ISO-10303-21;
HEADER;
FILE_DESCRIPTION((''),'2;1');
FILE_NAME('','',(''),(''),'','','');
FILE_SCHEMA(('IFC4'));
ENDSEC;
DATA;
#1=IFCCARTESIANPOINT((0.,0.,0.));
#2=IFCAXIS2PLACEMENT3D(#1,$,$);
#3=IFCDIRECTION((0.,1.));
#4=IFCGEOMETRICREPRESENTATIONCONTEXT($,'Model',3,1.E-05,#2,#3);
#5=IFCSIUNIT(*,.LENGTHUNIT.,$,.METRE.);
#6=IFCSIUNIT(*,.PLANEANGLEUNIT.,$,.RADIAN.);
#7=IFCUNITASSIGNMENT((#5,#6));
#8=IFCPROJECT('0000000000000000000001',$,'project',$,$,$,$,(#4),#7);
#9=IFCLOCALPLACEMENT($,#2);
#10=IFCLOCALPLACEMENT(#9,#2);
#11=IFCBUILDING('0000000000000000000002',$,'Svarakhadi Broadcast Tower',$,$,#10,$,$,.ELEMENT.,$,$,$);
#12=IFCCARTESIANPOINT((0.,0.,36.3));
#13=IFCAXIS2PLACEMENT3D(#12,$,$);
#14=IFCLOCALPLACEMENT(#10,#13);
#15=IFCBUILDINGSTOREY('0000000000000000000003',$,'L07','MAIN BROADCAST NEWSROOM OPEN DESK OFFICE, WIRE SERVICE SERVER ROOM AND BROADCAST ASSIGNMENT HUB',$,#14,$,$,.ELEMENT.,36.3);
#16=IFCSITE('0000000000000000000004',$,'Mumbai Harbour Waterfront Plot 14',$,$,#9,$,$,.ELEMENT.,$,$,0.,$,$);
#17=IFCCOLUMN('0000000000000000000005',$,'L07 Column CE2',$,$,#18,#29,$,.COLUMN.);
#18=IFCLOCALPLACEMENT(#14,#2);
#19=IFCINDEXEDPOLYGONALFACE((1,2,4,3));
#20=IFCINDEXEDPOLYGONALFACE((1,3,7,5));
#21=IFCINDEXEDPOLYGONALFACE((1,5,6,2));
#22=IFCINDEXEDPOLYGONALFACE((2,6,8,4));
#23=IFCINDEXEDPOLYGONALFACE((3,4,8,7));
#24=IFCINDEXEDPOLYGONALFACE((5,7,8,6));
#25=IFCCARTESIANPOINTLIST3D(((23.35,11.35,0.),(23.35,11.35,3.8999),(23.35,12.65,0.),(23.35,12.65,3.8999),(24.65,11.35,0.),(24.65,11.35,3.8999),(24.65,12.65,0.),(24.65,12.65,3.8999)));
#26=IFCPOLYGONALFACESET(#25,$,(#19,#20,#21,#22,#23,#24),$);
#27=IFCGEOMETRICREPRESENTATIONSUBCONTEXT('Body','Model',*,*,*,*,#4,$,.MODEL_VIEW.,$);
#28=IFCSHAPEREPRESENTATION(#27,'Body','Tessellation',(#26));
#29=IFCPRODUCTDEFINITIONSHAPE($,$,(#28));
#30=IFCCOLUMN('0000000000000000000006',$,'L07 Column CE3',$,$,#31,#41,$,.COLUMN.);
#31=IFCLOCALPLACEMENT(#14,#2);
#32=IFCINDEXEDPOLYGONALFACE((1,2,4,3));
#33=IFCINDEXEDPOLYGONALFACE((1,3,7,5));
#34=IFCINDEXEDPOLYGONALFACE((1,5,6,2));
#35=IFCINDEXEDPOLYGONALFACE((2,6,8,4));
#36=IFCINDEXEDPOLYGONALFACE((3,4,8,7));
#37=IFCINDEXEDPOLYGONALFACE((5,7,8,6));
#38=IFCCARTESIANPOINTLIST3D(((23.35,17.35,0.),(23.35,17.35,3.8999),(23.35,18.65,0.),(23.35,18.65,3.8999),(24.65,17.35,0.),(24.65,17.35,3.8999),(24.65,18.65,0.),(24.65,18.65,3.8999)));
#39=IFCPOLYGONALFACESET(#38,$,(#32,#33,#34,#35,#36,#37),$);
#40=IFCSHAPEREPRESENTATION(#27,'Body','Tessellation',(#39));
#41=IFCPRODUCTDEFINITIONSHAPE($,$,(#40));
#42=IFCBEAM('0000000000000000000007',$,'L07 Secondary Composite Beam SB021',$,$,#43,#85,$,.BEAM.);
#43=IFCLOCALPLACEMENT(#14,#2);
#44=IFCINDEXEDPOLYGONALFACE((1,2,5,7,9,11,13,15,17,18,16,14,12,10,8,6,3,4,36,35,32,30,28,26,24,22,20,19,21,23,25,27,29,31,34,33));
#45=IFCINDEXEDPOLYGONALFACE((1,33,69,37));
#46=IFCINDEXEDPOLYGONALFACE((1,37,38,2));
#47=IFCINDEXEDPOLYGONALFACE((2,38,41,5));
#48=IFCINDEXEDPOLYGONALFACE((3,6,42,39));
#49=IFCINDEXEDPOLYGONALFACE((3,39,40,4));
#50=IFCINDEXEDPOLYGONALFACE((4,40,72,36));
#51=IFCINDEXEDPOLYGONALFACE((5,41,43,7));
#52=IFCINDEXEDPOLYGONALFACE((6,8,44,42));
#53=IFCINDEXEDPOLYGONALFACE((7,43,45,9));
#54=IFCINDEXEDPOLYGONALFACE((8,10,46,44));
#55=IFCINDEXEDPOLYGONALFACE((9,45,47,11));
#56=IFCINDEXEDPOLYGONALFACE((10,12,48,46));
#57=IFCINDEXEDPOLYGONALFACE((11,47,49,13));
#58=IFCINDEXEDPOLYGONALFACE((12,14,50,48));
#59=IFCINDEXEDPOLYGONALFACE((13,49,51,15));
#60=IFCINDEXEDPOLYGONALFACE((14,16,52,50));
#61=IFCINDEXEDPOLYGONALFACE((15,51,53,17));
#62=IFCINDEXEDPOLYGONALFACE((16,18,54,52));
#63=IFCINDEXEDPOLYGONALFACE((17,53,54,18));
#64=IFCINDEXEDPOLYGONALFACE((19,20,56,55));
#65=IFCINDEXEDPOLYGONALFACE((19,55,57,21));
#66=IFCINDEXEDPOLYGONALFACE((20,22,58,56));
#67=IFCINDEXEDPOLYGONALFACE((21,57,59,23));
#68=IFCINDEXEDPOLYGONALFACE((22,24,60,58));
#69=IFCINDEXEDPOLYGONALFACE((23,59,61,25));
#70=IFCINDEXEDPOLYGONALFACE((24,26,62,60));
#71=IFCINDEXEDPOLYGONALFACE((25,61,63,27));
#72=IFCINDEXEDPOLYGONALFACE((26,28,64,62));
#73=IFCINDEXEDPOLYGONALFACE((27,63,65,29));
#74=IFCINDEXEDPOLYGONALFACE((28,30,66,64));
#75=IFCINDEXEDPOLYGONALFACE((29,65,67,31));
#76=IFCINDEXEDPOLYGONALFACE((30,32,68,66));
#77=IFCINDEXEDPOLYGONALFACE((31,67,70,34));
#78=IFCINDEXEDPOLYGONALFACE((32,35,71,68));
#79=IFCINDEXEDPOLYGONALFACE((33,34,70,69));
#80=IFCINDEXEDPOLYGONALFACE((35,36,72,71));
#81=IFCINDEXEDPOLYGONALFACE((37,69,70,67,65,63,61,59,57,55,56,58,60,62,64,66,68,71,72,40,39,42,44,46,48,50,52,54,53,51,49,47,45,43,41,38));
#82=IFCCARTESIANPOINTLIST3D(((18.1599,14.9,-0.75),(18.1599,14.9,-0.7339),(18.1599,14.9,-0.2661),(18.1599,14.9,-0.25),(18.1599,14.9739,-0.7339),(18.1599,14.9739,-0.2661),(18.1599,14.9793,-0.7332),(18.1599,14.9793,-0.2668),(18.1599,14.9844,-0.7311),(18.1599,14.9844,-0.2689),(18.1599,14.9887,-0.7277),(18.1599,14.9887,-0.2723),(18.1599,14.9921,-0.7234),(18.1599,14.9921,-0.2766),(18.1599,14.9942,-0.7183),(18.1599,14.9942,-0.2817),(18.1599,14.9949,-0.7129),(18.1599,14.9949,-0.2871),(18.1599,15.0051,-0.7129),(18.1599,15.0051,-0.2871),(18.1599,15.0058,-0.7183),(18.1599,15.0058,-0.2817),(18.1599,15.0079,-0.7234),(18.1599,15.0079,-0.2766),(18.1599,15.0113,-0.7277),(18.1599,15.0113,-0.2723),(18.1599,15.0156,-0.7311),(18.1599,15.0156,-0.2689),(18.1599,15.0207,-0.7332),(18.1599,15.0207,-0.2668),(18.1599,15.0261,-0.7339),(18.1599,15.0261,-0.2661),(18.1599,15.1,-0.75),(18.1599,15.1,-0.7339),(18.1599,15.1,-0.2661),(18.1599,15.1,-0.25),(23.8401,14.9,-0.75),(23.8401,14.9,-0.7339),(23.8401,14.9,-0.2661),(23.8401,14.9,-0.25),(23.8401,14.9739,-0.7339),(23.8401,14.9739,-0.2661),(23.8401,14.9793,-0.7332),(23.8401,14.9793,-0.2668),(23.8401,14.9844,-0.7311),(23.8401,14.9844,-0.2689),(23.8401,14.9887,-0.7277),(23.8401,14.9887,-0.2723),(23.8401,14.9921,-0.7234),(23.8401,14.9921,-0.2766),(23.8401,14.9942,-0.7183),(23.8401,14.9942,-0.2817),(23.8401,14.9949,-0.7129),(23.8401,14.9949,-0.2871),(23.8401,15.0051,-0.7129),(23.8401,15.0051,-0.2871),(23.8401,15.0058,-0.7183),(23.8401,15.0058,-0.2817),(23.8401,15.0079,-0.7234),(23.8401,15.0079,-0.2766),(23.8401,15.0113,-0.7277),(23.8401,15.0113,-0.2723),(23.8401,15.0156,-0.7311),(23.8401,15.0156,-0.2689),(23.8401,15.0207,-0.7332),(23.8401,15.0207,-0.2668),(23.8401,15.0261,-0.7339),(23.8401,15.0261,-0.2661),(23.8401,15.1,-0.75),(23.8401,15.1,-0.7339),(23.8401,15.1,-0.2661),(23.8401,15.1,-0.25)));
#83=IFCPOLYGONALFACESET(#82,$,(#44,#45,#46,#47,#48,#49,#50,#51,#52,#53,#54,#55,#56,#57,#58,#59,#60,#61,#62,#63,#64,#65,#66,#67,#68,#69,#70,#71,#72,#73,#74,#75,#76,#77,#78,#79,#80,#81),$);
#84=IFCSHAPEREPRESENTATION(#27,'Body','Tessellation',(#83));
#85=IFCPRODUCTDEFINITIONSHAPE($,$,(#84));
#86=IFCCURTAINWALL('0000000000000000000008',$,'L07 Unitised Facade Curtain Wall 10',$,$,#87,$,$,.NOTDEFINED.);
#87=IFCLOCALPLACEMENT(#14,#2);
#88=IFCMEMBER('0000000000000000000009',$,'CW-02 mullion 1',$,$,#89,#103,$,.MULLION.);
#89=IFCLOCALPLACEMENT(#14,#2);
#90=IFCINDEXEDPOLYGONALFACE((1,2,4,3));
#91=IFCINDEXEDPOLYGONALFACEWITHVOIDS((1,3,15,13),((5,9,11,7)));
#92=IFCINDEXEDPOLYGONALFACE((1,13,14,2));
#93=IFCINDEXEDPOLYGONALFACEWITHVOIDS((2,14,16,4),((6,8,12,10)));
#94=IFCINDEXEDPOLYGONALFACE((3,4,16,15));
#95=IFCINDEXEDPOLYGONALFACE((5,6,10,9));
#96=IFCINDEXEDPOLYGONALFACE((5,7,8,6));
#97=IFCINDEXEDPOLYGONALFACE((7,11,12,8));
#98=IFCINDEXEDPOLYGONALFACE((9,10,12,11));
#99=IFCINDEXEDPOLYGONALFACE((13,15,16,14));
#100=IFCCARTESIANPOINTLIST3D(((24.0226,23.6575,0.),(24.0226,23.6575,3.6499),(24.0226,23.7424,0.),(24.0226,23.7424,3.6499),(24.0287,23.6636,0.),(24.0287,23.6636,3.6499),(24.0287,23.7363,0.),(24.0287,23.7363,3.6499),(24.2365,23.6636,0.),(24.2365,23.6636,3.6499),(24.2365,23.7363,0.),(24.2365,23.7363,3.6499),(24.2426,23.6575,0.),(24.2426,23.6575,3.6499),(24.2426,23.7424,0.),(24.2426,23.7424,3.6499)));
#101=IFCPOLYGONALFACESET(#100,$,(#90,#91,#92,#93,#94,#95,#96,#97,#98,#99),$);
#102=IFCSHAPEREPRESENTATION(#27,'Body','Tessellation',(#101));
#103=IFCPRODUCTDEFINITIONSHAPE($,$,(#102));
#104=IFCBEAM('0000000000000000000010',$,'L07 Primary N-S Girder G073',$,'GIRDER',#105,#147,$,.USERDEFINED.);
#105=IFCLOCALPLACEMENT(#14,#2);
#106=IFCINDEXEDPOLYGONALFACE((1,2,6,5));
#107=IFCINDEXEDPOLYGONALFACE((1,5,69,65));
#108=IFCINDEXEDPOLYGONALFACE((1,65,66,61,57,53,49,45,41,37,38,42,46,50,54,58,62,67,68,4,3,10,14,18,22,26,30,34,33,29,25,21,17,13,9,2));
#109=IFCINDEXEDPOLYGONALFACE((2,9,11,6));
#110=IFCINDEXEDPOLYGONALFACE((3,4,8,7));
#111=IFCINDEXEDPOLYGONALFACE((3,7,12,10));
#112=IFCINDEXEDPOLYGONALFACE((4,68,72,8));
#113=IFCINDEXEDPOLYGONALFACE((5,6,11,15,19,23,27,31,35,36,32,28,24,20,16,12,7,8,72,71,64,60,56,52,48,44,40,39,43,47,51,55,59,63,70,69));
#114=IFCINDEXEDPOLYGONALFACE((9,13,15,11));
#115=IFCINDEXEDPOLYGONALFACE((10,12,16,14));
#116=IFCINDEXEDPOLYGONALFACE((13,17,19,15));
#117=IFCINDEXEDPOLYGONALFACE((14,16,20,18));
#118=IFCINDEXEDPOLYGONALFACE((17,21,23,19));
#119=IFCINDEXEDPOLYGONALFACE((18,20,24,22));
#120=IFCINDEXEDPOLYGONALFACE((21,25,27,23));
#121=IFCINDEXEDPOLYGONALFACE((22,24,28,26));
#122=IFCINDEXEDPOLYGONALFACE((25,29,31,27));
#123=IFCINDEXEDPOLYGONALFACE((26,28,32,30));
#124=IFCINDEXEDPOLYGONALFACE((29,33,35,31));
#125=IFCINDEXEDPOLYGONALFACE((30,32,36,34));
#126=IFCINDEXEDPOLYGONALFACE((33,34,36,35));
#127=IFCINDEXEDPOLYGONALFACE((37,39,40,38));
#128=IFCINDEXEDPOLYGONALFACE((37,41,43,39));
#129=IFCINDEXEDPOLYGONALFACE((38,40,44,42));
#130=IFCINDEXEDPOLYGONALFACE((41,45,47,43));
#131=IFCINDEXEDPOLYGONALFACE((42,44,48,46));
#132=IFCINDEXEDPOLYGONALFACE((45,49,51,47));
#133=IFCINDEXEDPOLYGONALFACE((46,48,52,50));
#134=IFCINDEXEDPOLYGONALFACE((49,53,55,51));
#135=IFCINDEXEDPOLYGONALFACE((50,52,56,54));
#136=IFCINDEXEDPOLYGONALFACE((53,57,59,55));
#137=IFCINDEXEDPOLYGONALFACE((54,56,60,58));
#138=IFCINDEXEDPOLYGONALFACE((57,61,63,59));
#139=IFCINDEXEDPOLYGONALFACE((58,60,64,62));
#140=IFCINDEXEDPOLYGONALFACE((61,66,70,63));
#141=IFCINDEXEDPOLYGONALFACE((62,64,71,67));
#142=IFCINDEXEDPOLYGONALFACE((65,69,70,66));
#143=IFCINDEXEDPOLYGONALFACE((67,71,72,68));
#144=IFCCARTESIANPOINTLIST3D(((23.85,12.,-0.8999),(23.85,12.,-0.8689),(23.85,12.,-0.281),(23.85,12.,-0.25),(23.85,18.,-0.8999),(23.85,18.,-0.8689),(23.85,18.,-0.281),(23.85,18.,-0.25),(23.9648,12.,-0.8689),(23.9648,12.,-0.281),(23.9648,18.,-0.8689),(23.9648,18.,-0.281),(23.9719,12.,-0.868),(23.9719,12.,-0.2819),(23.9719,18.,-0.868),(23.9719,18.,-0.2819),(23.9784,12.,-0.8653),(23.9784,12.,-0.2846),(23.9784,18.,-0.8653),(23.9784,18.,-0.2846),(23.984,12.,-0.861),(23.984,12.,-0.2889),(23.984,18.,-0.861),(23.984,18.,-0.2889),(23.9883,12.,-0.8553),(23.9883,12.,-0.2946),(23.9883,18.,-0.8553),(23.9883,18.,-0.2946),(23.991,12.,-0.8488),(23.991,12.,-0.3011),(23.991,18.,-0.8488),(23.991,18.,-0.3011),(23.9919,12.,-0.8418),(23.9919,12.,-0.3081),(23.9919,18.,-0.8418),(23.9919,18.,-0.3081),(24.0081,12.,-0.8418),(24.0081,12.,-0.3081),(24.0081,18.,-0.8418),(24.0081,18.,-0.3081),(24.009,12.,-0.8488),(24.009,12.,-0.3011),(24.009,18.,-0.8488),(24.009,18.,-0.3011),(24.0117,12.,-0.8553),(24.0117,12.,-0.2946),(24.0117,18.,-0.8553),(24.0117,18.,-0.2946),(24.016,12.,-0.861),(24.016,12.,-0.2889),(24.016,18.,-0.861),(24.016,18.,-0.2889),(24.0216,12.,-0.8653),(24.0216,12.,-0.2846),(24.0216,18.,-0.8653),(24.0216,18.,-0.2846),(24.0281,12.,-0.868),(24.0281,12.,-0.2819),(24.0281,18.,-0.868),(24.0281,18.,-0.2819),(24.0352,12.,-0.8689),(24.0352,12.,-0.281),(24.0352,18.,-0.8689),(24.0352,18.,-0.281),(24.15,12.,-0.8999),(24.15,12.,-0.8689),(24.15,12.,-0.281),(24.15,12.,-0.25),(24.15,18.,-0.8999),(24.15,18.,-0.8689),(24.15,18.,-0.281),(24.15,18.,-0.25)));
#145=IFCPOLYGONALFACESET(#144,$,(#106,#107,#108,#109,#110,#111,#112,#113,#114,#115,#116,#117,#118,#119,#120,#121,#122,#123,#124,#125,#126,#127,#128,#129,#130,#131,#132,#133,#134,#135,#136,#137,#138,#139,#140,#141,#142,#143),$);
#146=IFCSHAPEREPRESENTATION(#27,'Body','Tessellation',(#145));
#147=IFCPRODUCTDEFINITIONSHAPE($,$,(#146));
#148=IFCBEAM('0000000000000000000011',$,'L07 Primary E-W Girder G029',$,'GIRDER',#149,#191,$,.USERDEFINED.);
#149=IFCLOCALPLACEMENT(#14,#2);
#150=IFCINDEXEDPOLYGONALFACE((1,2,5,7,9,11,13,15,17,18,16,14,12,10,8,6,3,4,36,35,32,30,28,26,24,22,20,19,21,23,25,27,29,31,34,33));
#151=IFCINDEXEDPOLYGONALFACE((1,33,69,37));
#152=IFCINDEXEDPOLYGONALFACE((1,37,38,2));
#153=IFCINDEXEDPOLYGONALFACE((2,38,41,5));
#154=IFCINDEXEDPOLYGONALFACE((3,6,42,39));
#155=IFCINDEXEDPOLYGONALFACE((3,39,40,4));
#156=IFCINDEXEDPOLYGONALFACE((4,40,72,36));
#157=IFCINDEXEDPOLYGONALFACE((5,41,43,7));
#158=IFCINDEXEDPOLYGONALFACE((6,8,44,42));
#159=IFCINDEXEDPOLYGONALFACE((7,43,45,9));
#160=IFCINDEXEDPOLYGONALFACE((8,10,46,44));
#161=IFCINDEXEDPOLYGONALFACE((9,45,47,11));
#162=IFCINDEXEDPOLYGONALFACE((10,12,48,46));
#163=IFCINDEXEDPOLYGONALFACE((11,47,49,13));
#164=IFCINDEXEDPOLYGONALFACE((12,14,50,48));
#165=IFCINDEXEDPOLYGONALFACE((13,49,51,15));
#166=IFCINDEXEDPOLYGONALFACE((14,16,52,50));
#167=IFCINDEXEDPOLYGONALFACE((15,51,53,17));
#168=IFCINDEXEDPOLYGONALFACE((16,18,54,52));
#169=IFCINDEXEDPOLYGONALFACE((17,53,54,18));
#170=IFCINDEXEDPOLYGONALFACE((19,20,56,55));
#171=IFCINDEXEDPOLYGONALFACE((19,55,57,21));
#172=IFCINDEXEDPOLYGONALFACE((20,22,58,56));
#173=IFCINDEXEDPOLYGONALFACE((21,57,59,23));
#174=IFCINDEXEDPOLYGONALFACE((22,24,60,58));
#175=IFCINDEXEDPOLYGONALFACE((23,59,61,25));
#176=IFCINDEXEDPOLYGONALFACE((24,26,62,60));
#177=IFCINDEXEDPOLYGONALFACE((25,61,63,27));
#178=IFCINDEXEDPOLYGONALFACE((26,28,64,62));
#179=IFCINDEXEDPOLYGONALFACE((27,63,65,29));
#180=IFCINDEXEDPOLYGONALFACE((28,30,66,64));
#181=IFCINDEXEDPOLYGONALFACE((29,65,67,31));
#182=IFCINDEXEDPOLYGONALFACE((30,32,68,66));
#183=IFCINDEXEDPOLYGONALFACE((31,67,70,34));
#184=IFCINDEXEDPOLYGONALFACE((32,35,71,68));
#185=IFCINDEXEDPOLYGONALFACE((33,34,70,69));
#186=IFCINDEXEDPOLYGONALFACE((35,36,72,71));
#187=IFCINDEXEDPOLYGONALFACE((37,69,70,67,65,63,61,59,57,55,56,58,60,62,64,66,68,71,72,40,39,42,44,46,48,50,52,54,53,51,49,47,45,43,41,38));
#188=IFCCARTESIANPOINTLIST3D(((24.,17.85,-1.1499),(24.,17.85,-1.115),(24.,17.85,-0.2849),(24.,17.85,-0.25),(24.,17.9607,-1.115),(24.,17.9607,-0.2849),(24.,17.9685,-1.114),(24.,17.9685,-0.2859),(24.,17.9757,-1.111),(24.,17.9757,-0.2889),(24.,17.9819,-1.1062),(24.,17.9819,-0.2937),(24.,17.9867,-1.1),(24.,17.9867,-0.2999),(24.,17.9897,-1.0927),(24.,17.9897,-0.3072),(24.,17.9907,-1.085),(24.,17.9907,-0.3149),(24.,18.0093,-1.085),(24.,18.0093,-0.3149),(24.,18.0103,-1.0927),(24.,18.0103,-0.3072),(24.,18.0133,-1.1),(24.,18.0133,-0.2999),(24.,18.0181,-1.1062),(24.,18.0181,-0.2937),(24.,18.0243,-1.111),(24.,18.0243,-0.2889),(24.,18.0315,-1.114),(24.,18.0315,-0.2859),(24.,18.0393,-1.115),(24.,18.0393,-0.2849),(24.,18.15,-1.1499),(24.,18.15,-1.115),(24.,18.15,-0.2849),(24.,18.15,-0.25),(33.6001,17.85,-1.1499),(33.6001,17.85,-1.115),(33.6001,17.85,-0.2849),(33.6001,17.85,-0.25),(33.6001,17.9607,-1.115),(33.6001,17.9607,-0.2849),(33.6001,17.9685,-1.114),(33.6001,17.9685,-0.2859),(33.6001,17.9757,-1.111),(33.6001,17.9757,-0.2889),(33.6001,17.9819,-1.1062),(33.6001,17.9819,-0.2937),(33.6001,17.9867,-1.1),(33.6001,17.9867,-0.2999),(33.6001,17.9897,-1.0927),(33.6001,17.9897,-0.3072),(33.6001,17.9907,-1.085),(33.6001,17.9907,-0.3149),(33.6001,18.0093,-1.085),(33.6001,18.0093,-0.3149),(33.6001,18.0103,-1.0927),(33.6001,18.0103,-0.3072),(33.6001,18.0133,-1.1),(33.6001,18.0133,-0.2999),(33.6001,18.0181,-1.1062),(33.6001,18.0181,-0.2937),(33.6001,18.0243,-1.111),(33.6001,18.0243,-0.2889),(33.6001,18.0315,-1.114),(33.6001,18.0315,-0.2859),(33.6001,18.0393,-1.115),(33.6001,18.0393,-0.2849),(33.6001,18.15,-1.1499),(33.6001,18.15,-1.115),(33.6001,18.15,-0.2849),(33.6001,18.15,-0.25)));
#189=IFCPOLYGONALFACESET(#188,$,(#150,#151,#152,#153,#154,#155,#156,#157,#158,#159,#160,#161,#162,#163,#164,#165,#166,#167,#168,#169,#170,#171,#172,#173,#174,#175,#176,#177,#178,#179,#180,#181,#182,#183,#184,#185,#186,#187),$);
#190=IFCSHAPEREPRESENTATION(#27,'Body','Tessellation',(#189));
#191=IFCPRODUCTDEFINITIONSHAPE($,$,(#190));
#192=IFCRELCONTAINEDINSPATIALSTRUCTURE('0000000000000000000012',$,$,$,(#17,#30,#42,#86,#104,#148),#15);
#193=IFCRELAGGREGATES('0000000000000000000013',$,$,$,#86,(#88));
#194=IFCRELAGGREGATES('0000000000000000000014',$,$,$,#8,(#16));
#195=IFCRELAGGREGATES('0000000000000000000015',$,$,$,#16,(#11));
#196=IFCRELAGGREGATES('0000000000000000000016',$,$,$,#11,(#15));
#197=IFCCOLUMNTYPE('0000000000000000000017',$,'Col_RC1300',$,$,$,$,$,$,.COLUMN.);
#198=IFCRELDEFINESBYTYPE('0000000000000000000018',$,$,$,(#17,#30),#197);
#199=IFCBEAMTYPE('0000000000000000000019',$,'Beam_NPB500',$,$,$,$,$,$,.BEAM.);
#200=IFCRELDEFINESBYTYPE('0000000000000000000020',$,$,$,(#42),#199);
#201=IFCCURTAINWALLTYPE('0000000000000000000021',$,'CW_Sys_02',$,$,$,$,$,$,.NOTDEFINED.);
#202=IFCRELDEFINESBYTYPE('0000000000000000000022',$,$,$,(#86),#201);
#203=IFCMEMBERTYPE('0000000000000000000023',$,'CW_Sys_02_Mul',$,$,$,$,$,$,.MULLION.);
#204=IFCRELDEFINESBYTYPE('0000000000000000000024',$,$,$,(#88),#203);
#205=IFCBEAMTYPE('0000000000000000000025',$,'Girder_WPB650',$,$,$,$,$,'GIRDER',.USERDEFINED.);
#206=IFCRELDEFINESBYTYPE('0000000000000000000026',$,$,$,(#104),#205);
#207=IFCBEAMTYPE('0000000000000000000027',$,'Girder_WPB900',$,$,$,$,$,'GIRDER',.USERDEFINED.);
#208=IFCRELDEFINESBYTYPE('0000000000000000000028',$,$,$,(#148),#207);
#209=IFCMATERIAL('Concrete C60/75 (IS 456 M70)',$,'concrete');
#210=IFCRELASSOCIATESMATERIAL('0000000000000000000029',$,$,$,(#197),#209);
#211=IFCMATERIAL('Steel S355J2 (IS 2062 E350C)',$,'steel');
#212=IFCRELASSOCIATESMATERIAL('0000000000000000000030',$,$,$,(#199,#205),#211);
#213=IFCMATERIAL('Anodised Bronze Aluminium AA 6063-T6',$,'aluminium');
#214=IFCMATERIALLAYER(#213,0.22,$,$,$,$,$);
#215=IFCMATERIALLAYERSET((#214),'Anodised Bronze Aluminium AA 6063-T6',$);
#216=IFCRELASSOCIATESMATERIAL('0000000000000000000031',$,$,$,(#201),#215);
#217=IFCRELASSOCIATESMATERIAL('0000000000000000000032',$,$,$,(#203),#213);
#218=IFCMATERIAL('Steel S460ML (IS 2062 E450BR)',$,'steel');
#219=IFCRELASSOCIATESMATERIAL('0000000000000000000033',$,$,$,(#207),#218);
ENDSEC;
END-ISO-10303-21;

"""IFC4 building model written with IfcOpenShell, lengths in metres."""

from ifc_helpers import new_model, si_unit, direction, frame, origin, origin_2d, place, context, subcontext, project, spatial, rectangle, hollow_rectangle, i_section, extrude, material, layer, layer_set, material_profile, profile_set, type_object, element, aggregate, save


model = new_model("IFC4")

# Units and contexts
model_context = context("Model", 3, precision=1e-05, world=origin(), true_north=direction((0.0, 1.0)))
body_context = subcontext(model_context, "Body", "Model", "MODEL_VIEW")
ifc_project = project(units=[si_unit("LENGTHUNIT", "METRE"), si_unit("PLANEANGLEUNIT", "RADIAN")], contexts=[model_context])

# Site, building, storey
site_placement = place(None, origin())
site = spatial("IfcSite", under=ifc_project, at=site_placement, Name="Mumbai Harbour Waterfront Plot 14", CompositionType="ELEMENT", RefElevation=0.0)
building_placement = place(site_placement, origin())
building = spatial("IfcBuilding", under=site, at=building_placement, Name="Svarakhadi Broadcast Tower", CompositionType="ELEMENT")
storey_placement = place(building_placement, frame((0.0, 0.0, 36.3)))
storey = spatial("IfcBuildingStorey", under=building, at=storey_placement, Name="L07", Description="MAIN BROADCAST NEWSROOM OPEN DESK OFFICE, WIRE SERVICE SERVER ROOM AND BROADCAST ASSIGNMENT HUB", CompositionType="ELEMENT", Elevation=36.3)

# Columns
ifc_material_1 = material(Name="Concrete C60/75 (IS 456 M70)", Category="concrete")
ifc_material_profile_1 = material_profile(ifc_material_1, rectangle(XDim=1.3, YDim=1.3, at=origin_2d()), Name="RC 1300x1300")
ifc_profile_set_1 = profile_set([ifc_material_profile_1], Name="Concrete C60/75 (IS 456 M70)")
column_type = type_object("IfcColumnType", Name="Col_RC1300", PredefinedType="COLUMN", material=ifc_profile_set_1)
for number, where, z_axis, x_axis, name in (
    (1, (24.0, 12.0, 0.0), (0.0, 0.0, 1.0), (1.0, 0.0, 0.0), "L07 Column CE2"),
    (2, (24.0, 18.0, 0.0), (0.0, 0.0, 1.0), (1.0, 0.0, 0.0), "L07 Column CE3"),
):
    element("IfcColumn", number, at=place(storey_placement, frame(where, z_axis=z_axis, x_axis=x_axis)), inside=storey, type_object=column_type, Name=name, PredefinedType="COLUMN", context=body_context, shape_type="SweptSolid", body=[
        extrude(rectangle(XDim=1.3, YDim=1.3, at=origin_2d()), origin(), (0.0, 0.0, 1.0), 3.8999),
    ])

# Beam
ifc_material_2 = material(Name="Steel S355J2 (IS 2062 E350C)", Category="steel")
ifc_material_profile_2 = material_profile(ifc_material_2, i_section(OverallWidth=0.2, OverallDepth=0.5, WebThickness=0.0103, FlangeThickness=0.0161, FilletRadius=0.021, at=origin_2d()), Name="NPB 500x200x91")
ifc_profile_set_2 = profile_set([ifc_material_profile_2], Name="Steel S355J2 (IS 2062 E350C)")
beam_type_1 = type_object("IfcBeamType", Name="Beam_NPB500", PredefinedType="BEAM", material=ifc_profile_set_2)
beam_1_placement = place(storey_placement, frame((18.1599, 15.0, -0.5), z_axis=(1.0, 0.0, 0.0), x_axis=(0.0, 1.0, 0.0)))
element("IfcBeam", 3, at=beam_1_placement, inside=storey, type_object=beam_type_1, Name="L07 Secondary Composite Beam SB021", PredefinedType="BEAM", context=body_context, shape_type="SweptSolid", body=[
    extrude(i_section(OverallWidth=0.2, OverallDepth=0.5, WebThickness=0.0103, FlangeThickness=0.0161, FilletRadius=0.021, at=origin_2d()), origin(), (0.0, 0.0, 1.0), 5.6802),
])

# Curtain wall, member
ifc_material_3 = material(Name="Anodised Bronze Aluminium AA 6063-T6", Category="aluminium")
ifc_layer_1 = layer(ifc_material_3, 0.22)
ifc_layer_set_1 = layer_set([ifc_layer_1], Name="Anodised Bronze Aluminium AA 6063-T6")
curtain_wall_type = type_object("IfcCurtainWallType", Name="CW_Sys_02", PredefinedType="NOTDEFINED", material=ifc_layer_set_1)
curtain_wall_placement = place(storey_placement, origin())
curtain_wall = element("IfcCurtainWall", 4, at=curtain_wall_placement, inside=storey, type_object=curtain_wall_type, Name="L07 Unitised Facade Curtain Wall 10", PredefinedType="NOTDEFINED")
ifc_material_profile_3 = material_profile(ifc_material_3, hollow_rectangle(XDim=0.085, YDim=0.22, WallThickness=0.0061, at=origin_2d()), Name="ALU MULLION 220x85x6")
ifc_profile_set_3 = profile_set([ifc_material_profile_3], Name="Anodised Bronze Aluminium AA 6063-T6")
member_type = type_object("IfcMemberType", Name="CW_Sys_02_Mul", PredefinedType="MULLION", material=ifc_profile_set_3)
member_placement = place(storey_placement, frame((24.1326, 23.7, 0.0), z_axis=(0.0, 0.0, 1.0), x_axis=(0.0, 1.0, 0.0)))
member = element("IfcMember", 5, at=member_placement, type_object=member_type, Name="CW-02 mullion 1", PredefinedType="MULLION", context=body_context, shape_type="SweptSolid", body=[
    extrude(hollow_rectangle(XDim=0.085, YDim=0.22, WallThickness=0.0061, at=origin_2d()), origin(), (0.0, 0.0, 1.0), 3.6499),
])
aggregate(curtain_wall, [member])

# Beams
ifc_material_profile_4 = material_profile(ifc_material_2, i_section(OverallWidth=0.3, OverallDepth=0.6499, WebThickness=0.0161, FlangeThickness=0.031, FilletRadius=0.0271, at=origin_2d()), Name="WPB 650x300x225")
ifc_profile_set_4 = profile_set([ifc_material_profile_4], Name="Steel S355J2 (IS 2062 E350C)")
beam_type_2 = type_object("IfcBeamType", Name="Girder_WPB650", ElementType="GIRDER", PredefinedType="USERDEFINED", material=ifc_profile_set_4)
beam_2_placement = place(storey_placement, frame((24.0, 12.0, -0.575), z_axis=(0.0, 1.0, 0.0), x_axis=(-1.0, 0.0, 0.0)))
element("IfcBeam", 6, at=beam_2_placement, inside=storey, type_object=beam_type_2, Name="L07 Primary N-S Girder G073", ObjectType="GIRDER", PredefinedType="USERDEFINED", context=body_context, shape_type="SweptSolid", body=[
    extrude(i_section(OverallWidth=0.3, OverallDepth=0.6499, WebThickness=0.0161, FlangeThickness=0.031, FilletRadius=0.0271, at=origin_2d()), origin(), (0.0, 0.0, 1.0), 6.0),
])
ifc_material_4 = material(Name="Steel S460ML (IS 2062 E450BR)", Category="steel")
ifc_material_profile_5 = material_profile(ifc_material_4, i_section(OverallWidth=0.3, OverallDepth=0.8999, WebThickness=0.0186, FlangeThickness=0.0349, FilletRadius=0.03, at=origin_2d()), Name="WPB 900x300x291")
ifc_profile_set_5 = profile_set([ifc_material_profile_5], Name="Steel S460ML (IS 2062 E450BR)")
beam_type_3 = type_object("IfcBeamType", Name="Girder_WPB900", ElementType="GIRDER", PredefinedType="USERDEFINED", material=ifc_profile_set_5)
beam_3_placement = place(storey_placement, frame((24.0, 18.0, -0.7), z_axis=(1.0, 0.0, 0.0), x_axis=(0.0, 1.0, 0.0)))
element("IfcBeam", 7, at=beam_3_placement, inside=storey, type_object=beam_type_3, Name="L07 Primary E-W Girder G029", ObjectType="GIRDER", PredefinedType="USERDEFINED", context=body_context, shape_type="SweptSolid", body=[
    extrude(i_section(OverallWidth=0.3, OverallDepth=0.8999, WebThickness=0.0186, FlangeThickness=0.0349, FilletRadius=0.03, at=origin_2d()), origin(), (0.0, 0.0, 1.0), 9.6001),
])

save(model, "model.ifc")
